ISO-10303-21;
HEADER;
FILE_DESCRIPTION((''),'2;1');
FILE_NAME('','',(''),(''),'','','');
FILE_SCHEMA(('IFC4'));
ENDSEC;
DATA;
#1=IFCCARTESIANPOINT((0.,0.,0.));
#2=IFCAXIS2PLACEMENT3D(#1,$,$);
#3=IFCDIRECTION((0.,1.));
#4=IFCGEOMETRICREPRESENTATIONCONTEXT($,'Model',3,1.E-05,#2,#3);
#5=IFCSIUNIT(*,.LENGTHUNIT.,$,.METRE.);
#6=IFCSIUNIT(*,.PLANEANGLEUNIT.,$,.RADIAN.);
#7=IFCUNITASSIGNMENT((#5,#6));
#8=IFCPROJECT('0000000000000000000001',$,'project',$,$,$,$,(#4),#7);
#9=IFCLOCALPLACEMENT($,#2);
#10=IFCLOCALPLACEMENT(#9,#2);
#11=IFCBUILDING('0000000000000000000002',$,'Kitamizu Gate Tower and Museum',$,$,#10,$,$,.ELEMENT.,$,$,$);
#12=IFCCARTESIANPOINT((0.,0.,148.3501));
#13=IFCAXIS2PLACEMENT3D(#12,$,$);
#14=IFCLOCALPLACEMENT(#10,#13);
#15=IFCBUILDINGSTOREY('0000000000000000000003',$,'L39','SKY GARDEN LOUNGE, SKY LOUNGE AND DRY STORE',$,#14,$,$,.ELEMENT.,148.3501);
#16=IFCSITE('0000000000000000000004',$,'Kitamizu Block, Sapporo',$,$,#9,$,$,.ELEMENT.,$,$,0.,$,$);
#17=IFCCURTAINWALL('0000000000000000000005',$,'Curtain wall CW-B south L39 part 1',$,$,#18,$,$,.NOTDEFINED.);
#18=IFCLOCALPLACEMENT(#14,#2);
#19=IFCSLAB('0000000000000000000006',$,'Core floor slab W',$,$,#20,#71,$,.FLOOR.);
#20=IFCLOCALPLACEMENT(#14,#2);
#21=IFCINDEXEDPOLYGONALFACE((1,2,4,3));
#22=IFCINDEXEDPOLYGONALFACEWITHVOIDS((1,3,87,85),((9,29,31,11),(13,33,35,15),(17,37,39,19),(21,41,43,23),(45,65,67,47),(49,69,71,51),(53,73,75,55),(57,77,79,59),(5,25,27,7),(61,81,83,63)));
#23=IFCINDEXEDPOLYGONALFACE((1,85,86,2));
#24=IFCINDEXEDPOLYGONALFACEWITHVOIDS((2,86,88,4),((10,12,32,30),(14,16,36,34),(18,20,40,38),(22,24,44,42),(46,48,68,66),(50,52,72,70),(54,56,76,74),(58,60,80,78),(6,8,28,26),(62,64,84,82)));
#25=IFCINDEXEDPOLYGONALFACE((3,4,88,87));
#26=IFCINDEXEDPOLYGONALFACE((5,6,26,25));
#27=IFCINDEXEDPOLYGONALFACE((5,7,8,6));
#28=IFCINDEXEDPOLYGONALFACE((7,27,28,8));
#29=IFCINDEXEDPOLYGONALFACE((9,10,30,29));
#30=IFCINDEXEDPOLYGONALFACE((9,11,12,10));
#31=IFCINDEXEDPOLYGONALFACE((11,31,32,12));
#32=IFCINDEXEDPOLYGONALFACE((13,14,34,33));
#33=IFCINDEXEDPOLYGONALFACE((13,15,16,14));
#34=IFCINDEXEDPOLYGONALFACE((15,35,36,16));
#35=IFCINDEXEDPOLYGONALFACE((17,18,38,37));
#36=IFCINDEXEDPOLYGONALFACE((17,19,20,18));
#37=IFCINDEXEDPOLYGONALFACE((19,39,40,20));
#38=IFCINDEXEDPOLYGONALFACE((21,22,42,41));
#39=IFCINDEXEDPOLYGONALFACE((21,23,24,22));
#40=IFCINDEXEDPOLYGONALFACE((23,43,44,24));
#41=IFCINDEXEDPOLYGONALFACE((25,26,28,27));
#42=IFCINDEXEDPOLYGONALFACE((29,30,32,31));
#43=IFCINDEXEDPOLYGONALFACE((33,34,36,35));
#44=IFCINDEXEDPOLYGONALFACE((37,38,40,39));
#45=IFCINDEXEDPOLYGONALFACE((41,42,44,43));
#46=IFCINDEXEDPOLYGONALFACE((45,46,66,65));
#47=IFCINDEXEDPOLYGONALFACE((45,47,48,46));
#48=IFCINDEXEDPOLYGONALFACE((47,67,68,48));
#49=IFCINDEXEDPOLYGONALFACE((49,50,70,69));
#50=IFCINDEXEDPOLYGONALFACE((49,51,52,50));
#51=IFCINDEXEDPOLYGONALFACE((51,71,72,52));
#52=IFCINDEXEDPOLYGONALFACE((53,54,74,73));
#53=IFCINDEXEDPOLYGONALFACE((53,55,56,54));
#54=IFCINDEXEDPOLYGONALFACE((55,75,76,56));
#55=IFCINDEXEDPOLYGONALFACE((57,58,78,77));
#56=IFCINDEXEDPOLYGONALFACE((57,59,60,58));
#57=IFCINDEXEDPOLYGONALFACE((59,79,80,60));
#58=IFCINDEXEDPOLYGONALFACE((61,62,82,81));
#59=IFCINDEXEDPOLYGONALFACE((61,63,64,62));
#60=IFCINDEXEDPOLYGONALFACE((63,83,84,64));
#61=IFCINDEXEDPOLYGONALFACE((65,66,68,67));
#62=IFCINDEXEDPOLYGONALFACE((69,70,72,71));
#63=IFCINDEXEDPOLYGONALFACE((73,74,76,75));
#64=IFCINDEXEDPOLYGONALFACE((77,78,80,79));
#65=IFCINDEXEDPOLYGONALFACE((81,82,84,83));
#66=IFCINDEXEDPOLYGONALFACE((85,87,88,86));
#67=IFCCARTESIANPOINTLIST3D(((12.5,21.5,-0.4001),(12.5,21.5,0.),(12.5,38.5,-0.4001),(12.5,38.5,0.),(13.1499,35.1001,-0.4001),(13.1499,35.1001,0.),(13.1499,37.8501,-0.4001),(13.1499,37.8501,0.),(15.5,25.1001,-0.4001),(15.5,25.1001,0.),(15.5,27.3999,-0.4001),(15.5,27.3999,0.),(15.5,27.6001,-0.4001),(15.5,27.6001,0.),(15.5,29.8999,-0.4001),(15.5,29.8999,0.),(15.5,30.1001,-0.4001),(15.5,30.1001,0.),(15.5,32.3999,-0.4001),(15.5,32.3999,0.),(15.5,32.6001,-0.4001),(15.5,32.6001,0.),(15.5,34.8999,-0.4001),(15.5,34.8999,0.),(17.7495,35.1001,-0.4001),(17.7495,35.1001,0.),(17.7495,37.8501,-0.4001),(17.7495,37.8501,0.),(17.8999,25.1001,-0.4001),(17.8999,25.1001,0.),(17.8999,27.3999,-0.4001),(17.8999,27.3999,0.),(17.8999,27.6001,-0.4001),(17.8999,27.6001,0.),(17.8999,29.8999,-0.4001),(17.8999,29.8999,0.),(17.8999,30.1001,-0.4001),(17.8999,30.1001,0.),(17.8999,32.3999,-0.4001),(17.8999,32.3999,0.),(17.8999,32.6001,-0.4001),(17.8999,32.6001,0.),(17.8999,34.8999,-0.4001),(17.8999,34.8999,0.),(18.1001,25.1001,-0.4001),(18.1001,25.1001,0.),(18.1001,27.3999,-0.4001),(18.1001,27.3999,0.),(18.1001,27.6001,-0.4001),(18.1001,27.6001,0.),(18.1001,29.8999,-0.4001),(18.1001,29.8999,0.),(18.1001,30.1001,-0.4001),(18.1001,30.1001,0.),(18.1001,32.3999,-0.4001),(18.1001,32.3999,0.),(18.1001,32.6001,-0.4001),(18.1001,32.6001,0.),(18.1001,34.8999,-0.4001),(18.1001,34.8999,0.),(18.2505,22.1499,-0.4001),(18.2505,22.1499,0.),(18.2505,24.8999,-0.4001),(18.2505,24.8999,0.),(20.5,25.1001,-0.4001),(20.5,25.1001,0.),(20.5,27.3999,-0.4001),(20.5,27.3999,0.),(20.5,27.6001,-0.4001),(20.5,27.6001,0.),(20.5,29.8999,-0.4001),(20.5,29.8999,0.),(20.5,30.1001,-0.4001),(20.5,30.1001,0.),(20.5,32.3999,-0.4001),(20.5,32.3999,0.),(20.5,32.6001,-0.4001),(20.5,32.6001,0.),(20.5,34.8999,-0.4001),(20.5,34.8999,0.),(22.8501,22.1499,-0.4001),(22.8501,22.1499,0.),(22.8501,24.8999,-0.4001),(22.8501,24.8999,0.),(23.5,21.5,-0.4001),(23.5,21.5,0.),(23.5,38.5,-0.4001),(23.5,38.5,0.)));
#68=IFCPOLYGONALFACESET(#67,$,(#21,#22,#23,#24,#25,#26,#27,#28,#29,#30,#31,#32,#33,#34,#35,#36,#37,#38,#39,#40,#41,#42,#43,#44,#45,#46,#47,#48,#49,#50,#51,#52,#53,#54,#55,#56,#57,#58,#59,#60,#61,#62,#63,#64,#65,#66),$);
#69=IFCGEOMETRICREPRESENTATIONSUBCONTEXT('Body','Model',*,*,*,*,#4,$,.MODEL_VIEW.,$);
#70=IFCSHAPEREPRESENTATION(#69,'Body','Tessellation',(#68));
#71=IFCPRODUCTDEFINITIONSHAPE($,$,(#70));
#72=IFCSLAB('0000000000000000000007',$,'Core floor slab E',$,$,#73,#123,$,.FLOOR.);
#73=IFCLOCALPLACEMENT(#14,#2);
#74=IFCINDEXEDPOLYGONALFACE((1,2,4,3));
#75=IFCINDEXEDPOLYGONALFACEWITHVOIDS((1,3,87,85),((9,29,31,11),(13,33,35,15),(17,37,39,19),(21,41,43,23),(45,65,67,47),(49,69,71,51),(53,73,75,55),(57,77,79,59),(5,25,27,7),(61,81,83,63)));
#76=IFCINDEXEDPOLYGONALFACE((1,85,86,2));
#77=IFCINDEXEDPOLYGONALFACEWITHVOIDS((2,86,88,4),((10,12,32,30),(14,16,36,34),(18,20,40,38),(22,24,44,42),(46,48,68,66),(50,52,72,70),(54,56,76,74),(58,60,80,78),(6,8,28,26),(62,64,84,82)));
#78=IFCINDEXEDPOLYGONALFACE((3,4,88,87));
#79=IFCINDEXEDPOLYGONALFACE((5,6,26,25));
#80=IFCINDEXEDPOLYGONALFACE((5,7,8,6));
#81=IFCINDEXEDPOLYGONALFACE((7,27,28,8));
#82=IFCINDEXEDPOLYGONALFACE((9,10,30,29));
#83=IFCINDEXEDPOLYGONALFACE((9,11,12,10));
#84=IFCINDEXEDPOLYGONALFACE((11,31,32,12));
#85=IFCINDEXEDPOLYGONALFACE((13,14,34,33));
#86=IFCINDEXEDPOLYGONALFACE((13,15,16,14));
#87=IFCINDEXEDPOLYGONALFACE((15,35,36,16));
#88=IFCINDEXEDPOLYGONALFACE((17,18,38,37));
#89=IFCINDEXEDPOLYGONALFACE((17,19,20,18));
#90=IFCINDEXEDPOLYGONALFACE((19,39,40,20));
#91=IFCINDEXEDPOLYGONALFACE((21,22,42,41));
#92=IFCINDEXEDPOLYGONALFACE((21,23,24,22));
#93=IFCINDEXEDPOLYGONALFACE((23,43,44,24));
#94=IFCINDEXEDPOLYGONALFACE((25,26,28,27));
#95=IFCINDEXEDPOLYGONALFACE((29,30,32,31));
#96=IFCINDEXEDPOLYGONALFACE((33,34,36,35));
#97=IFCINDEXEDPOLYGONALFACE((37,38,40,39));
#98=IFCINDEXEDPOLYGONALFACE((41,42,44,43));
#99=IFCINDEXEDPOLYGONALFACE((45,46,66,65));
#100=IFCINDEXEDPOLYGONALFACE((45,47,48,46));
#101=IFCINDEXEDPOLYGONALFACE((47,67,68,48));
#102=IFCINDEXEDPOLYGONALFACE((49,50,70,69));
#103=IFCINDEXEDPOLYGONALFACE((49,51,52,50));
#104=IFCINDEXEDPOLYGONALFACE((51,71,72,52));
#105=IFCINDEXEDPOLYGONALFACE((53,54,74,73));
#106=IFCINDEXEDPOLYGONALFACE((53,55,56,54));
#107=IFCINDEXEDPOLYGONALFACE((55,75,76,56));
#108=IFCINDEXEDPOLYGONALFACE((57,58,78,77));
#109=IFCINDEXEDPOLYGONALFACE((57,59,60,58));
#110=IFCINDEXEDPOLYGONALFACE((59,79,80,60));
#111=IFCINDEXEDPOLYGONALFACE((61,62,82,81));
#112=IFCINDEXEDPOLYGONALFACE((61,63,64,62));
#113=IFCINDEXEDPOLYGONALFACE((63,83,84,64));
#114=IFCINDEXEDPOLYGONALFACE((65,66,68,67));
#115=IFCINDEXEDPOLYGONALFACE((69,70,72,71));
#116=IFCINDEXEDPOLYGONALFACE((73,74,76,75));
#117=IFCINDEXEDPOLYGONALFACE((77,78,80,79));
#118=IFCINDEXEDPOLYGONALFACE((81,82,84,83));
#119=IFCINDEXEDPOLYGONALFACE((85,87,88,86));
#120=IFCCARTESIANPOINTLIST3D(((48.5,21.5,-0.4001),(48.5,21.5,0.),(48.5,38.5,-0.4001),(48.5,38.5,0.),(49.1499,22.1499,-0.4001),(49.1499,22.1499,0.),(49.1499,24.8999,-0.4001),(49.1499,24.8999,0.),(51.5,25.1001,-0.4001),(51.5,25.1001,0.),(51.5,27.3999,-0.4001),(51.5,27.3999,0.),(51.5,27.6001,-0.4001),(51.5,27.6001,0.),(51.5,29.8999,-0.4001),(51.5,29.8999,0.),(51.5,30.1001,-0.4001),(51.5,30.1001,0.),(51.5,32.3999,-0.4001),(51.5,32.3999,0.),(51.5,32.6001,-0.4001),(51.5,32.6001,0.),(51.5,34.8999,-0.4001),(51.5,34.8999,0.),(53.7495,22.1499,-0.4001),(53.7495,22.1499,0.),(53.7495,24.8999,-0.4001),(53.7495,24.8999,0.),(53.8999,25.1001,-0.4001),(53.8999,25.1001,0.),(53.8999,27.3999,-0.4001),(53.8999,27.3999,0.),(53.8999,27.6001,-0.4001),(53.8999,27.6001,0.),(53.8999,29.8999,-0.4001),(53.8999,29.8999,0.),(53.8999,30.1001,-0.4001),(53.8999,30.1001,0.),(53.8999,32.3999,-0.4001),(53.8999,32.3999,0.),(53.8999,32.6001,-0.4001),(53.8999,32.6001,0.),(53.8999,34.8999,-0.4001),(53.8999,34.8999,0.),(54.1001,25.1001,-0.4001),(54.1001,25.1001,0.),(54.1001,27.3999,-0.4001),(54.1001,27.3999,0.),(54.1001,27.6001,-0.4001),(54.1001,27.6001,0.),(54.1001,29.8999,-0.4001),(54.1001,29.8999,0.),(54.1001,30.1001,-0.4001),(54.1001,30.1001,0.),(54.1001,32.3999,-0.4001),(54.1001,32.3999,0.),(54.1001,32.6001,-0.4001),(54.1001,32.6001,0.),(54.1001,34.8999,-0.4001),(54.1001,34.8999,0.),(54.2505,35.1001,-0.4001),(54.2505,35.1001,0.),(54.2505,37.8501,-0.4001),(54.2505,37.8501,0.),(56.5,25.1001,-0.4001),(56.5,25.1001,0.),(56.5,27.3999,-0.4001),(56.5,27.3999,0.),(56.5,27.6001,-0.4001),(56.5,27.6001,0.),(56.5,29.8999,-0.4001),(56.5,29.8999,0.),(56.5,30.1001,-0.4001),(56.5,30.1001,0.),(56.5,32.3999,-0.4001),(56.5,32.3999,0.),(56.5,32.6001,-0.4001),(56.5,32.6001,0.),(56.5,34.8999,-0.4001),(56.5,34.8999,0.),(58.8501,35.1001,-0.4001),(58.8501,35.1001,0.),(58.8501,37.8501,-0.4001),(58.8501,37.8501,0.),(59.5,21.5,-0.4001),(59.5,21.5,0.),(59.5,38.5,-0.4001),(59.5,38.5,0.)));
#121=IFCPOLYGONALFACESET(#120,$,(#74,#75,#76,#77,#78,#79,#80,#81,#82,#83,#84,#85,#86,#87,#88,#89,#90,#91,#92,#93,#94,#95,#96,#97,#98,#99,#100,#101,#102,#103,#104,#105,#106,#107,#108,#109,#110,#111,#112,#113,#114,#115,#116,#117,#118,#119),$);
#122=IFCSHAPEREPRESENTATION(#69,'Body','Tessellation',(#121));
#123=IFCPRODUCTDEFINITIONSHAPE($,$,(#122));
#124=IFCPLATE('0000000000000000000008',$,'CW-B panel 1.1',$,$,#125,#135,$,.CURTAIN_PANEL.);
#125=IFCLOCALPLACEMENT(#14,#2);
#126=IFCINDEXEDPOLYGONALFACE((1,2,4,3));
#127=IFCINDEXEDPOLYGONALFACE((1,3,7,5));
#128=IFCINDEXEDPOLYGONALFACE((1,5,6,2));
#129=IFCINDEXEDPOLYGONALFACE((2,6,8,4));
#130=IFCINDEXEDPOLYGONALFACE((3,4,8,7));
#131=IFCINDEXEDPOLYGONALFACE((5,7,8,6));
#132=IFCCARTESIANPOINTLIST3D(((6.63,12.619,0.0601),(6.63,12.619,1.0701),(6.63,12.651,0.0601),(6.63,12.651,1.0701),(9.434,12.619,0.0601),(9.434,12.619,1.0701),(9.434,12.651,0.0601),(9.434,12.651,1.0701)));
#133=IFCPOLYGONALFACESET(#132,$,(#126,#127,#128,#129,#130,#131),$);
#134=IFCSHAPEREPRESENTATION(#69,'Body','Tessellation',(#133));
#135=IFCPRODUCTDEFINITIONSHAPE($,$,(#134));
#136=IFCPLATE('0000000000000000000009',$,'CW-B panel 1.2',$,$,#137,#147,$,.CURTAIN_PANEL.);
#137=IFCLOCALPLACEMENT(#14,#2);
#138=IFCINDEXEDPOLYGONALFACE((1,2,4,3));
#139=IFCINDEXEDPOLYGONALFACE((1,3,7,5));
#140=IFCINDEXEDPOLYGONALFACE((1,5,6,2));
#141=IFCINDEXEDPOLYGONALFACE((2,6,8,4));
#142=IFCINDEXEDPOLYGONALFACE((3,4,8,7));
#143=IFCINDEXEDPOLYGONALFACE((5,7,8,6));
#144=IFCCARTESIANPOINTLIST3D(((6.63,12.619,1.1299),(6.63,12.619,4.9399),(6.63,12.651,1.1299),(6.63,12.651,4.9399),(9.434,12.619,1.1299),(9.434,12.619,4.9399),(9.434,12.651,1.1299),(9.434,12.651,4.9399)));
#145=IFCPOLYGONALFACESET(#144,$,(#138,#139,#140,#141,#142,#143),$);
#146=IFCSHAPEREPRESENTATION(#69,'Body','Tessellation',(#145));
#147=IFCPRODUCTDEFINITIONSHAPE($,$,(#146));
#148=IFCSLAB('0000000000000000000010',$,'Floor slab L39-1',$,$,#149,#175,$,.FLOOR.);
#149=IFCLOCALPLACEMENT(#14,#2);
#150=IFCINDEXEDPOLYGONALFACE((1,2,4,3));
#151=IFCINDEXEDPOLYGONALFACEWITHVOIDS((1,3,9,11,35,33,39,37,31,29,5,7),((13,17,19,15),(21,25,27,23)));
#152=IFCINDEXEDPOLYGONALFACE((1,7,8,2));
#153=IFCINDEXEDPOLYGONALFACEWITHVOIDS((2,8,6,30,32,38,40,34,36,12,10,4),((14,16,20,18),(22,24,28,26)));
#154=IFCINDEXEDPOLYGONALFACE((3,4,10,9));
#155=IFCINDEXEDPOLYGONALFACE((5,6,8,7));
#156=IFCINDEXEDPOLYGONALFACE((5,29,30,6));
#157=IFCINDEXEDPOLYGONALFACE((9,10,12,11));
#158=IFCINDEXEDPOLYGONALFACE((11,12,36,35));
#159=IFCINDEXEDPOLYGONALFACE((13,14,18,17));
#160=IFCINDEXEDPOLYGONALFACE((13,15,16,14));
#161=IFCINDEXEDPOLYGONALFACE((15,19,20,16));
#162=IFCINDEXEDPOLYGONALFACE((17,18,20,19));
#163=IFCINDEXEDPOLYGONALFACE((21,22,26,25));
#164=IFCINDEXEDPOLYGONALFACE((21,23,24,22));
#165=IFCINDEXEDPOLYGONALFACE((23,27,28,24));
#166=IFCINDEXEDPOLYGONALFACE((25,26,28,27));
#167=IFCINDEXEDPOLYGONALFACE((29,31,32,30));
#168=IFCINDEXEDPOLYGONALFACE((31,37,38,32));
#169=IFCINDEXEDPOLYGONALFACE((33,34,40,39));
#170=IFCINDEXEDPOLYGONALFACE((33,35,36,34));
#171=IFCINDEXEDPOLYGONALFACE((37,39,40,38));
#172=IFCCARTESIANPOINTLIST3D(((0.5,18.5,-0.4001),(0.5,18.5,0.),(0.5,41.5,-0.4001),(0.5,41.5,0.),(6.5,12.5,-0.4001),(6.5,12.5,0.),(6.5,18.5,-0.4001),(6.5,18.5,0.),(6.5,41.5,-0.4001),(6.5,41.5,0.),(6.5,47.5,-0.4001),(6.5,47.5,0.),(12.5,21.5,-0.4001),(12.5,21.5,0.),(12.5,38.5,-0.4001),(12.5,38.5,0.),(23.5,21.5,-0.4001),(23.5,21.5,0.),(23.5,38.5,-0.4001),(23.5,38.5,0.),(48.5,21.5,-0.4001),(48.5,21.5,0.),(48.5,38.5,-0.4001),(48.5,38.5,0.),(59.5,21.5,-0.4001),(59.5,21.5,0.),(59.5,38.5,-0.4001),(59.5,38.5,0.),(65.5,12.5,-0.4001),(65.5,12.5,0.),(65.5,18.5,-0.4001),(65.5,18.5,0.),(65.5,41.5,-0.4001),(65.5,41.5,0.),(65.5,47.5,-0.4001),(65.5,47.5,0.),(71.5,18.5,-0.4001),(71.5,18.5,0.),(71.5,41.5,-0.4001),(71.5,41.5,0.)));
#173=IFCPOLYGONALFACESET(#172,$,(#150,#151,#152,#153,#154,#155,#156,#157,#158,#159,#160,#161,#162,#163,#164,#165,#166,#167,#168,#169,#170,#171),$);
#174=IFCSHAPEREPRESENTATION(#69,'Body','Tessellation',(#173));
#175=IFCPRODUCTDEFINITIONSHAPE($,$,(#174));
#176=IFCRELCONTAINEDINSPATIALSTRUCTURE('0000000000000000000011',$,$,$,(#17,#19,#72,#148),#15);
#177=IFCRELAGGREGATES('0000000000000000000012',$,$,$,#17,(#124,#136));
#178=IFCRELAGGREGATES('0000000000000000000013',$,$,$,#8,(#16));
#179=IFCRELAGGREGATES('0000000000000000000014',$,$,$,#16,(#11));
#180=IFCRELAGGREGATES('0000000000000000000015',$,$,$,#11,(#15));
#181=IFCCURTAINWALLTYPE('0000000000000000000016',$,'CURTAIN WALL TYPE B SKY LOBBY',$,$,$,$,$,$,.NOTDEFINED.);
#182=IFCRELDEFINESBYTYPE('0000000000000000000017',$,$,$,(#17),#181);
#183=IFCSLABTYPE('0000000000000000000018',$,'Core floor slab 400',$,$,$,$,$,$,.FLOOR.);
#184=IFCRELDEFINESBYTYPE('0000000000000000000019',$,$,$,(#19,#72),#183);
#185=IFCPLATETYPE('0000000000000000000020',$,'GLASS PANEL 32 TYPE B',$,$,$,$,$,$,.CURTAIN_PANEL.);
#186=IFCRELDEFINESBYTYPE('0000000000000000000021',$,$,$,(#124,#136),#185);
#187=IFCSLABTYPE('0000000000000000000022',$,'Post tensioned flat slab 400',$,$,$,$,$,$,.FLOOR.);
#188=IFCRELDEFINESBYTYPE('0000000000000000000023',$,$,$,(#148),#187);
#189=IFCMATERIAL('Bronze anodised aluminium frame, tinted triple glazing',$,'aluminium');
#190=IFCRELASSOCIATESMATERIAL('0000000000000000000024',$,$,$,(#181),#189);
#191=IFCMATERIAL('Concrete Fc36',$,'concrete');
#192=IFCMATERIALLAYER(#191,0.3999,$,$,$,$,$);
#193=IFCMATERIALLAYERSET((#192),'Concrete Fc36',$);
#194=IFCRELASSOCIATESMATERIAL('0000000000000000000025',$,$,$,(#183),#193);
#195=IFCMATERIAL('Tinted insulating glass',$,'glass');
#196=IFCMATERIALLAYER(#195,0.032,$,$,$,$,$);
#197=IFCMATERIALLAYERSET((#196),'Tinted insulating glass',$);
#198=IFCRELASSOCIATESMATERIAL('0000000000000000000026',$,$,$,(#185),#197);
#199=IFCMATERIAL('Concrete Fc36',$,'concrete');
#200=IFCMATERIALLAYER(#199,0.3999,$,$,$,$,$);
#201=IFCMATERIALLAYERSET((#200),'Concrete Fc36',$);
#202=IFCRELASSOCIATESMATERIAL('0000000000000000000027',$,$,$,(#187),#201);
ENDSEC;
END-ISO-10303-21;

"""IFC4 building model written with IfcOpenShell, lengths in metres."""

from ifc_helpers import new_model, si_unit, direction, frame, origin, origin_2d, place, context, subcontext, project, spatial, polyline, rectangle, outline, extrude, material, layer, layer_set, type_object, element, aggregate, save


model = new_model("IFC4")

# Units and contexts
model_context = context("Model", 3, precision=1e-05, world=origin(), true_north=direction((0.0, 1.0)))
body_context = subcontext(model_context, "Body", "Model", "MODEL_VIEW")
ifc_project = project(units=[si_unit("LENGTHUNIT", "METRE"), si_unit("PLANEANGLEUNIT", "RADIAN")], contexts=[model_context])

# Site, building, storey
site_placement = place(None, origin())
site = spatial("IfcSite", under=ifc_project, at=site_placement, Name="Kitamizu Block, Sapporo", CompositionType="ELEMENT", RefElevation=0.0)
building_placement = place(site_placement, origin())
building = spatial("IfcBuilding", under=site, at=building_placement, Name="Kitamizu Gate Tower and Museum", CompositionType="ELEMENT")
storey_placement = place(building_placement, frame((0.0, 0.0, 148.3501)))
storey = spatial("IfcBuildingStorey", under=building, at=storey_placement, Name="L39", Description="SKY GARDEN LOUNGE, SKY LOUNGE AND DRY STORE", CompositionType="ELEMENT", Elevation=148.3501)

# Curtain wall
ifc_material_1 = material(Name="Bronze anodised aluminium frame, tinted triple glazing", Category="aluminium")
curtain_wall_type_1 = type_object("IfcCurtainWallType", Name="CURTAIN WALL TYPE B SKY LOBBY", PredefinedType="NOTDEFINED", material=ifc_material_1)
curtain_wall_1_placement = place(storey_placement, origin())
curtain_wall_1 = element("IfcCurtainWall", 1, at=curtain_wall_1_placement, inside=storey, type_object=curtain_wall_type_1, Name="Curtain wall CW-B south L39 part 1", PredefinedType="NOTDEFINED")

# Slabs
ifc_material_2 = material(Name="Concrete Fc36", Category="concrete")
ifc_layer_1 = layer(ifc_material_2, 0.3999)
ifc_layer_set_1 = layer_set([ifc_layer_1], Name="Concrete Fc36")
slab_type_1 = type_object("IfcSlabType", Name="Core floor slab 400", PredefinedType="FLOOR", material=ifc_layer_set_1)
slab_1_placement = place(storey_placement, frame((0.0, 0.0, -0.4001)))
element("IfcSlab", 2, at=slab_1_placement, inside=storey, type_object=slab_type_1, Name="Core floor slab W", PredefinedType="FLOOR", context=body_context, shape_type="SweptSolid", body=[
    extrude(outline(polyline([(12.5, 21.5), (23.5, 21.5), (23.5, 38.5), (12.5, 38.5), (12.5, 21.5)]), holes=[polyline([(15.5, 25.1001), (17.8999, 25.1001), (17.8999, 27.3999), (15.5, 27.3999), (15.5, 25.1001)]), polyline([(15.5, 27.6001), (17.8999, 27.6001), (17.8999, 29.8999), (15.5, 29.8999), (15.5, 27.6001)]), polyline([(15.5, 30.1001), (17.8999, 30.1001), (17.8999, 32.3999), (15.5, 32.3999), (15.5, 30.1001)]), polyline([(15.5, 32.6001), (17.8999, 32.6001), (17.8999, 34.8999), (15.5, 34.8999), (15.5, 32.6001)]), polyline([(18.1001, 25.1001), (20.5, 25.1001), (20.5, 27.3999), (18.1001, 27.3999), (18.1001, 25.1001)]), polyline([(18.1001, 27.6001), (20.5, 27.6001), (20.5, 29.8999), (18.1001, 29.8999), (18.1001, 27.6001)]), polyline([(18.1001, 30.1001), (20.5, 30.1001), (20.5, 32.3999), (18.1001, 32.3999), (18.1001, 30.1001)]), polyline([(18.1001, 32.6001), (20.5, 32.6001), (20.5, 34.8999), (18.1001, 34.8999), (18.1001, 32.6001)]), polyline([(18.2505, 22.1499), (22.8501, 22.1499), (22.8501, 24.8999), (18.2505, 24.8999), (18.2505, 22.1499)]), polyline([(13.1499, 35.1001), (17.7495, 35.1001), (17.7495, 37.8501), (13.1499, 37.8501), (13.1499, 35.1001)])]), origin(), (0.0, 0.0, 1.0), 0.4001),
])
slab_2_placement = place(storey_placement, frame((0.0, 0.0, -0.4001)))
element("IfcSlab", 3, at=slab_2_placement, inside=storey, type_object=slab_type_1, Name="Core floor slab E", PredefinedType="FLOOR", context=body_context, shape_type="SweptSolid", body=[
    extrude(outline(polyline([(48.5, 21.5), (59.5, 21.5), (59.5, 38.5), (48.5, 38.5), (48.5, 21.5)]), holes=[polyline([(54.1001, 25.1001), (56.5, 25.1001), (56.5, 27.3999), (54.1001, 27.3999), (54.1001, 25.1001)]), polyline([(54.1001, 27.6001), (56.5, 27.6001), (56.5, 29.8999), (54.1001, 29.8999), (54.1001, 27.6001)]), polyline([(54.1001, 30.1001), (56.5, 30.1001), (56.5, 32.3999), (54.1001, 32.3999), (54.1001, 30.1001)]), polyline([(54.1001, 32.6001), (56.5, 32.6001), (56.5, 34.8999), (54.1001, 34.8999), (54.1001, 32.6001)]), polyline([(51.5, 25.1001), (53.8999, 25.1001), (53.8999, 27.3999), (51.5, 27.3999), (51.5, 25.1001)]), polyline([(51.5, 27.6001), (53.8999, 27.6001), (53.8999, 29.8999), (51.5, 29.8999), (51.5, 27.6001)]), polyline([(51.5, 30.1001), (53.8999, 30.1001), (53.8999, 32.3999), (51.5, 32.3999), (51.5, 30.1001)]), polyline([(51.5, 32.6001), (53.8999, 32.6001), (53.8999, 34.8999), (51.5, 34.8999), (51.5, 32.6001)]), polyline([(49.1499, 22.1499), (53.7495, 22.1499), (53.7495, 24.8999), (49.1499, 24.8999), (49.1499, 22.1499)]), polyline([(54.2505, 35.1001), (58.8501, 35.1001), (58.8501, 37.8501), (54.2505, 37.8501), (54.2505, 35.1001)])]), origin(), (0.0, 0.0, 1.0), 0.4001),
])

# Plates
ifc_material_3 = material(Name="Tinted insulating glass", Category="glass")
ifc_layer_2 = layer(ifc_material_3, 0.032)
ifc_layer_set_2 = layer_set([ifc_layer_2], Name="Tinted insulating glass")
plate_type = type_object("IfcPlateType", Name="GLASS PANEL 32 TYPE B", PredefinedType="CURTAIN_PANEL", material=ifc_layer_set_2)
plate_1_placement = place(storey_placement, frame((8.032, 12.635, 0.0601), z_axis=(0.0, 0.0, 1.0), x_axis=(1.0, 0.0, 0.0)))
plate_1 = element("IfcPlate", 4, at=plate_1_placement, type_object=plate_type, Name="CW-B panel 1.1", PredefinedType="CURTAIN_PANEL", context=body_context, shape_type="SweptSolid", body=[
    extrude(rectangle(XDim=2.804, YDim=0.032, at=origin_2d()), origin(), (0.0, 0.0, 1.0), 1.01),
])
plate_2_placement = place(storey_placement, frame((8.032, 12.635, 1.1299), z_axis=(0.0, 0.0, 1.0), x_axis=(1.0, 0.0, 0.0)))
plate_2 = element("IfcPlate", 5, at=plate_2_placement, type_object=plate_type, Name="CW-B panel 1.2", PredefinedType="CURTAIN_PANEL", context=body_context, shape_type="SweptSolid", body=[
    extrude(rectangle(XDim=2.804, YDim=0.032, at=origin_2d()), origin(), (0.0, 0.0, 1.0), 3.8101),
])
aggregate(curtain_wall_1, [plate_1, plate_2])

# Slab
ifc_material_4 = material(Name="Concrete Fc36", Category="concrete")
ifc_layer_3 = layer(ifc_material_4, 0.3999)
ifc_layer_set_3 = layer_set([ifc_layer_3], Name="Concrete Fc36")
slab_type_2 = type_object("IfcSlabType", Name="Post tensioned flat slab 400", PredefinedType="FLOOR", material=ifc_layer_set_3)
slab_3_placement = place(storey_placement, frame((0.0, 0.0, -0.4001)))
element("IfcSlab", 6, at=slab_3_placement, inside=storey, type_object=slab_type_2, Name="Floor slab L39-1", PredefinedType="FLOOR", context=body_context, shape_type="SweptSolid", body=[
    extrude(outline(polyline([(0.5, 18.5), (0.5, 41.5), (6.5, 41.5), (6.5, 47.5), (65.5, 47.5), (65.5, 41.5), (71.5, 41.5), (71.5, 18.5), (65.5, 18.5), (65.5, 12.5), (6.5, 12.5), (6.5, 18.5), (0.5, 18.5)]), holes=[polyline([(59.5, 38.5), (48.5, 38.5), (48.5, 21.5), (59.5, 21.5), (59.5, 38.5)]), polyline([(12.5, 38.5), (12.5, 21.5), (23.5, 21.5), (23.5, 38.5), (12.5, 38.5)])]), origin(), (0.0, 0.0, 1.0), 0.4001),
])

save(model, "model.ifc")
